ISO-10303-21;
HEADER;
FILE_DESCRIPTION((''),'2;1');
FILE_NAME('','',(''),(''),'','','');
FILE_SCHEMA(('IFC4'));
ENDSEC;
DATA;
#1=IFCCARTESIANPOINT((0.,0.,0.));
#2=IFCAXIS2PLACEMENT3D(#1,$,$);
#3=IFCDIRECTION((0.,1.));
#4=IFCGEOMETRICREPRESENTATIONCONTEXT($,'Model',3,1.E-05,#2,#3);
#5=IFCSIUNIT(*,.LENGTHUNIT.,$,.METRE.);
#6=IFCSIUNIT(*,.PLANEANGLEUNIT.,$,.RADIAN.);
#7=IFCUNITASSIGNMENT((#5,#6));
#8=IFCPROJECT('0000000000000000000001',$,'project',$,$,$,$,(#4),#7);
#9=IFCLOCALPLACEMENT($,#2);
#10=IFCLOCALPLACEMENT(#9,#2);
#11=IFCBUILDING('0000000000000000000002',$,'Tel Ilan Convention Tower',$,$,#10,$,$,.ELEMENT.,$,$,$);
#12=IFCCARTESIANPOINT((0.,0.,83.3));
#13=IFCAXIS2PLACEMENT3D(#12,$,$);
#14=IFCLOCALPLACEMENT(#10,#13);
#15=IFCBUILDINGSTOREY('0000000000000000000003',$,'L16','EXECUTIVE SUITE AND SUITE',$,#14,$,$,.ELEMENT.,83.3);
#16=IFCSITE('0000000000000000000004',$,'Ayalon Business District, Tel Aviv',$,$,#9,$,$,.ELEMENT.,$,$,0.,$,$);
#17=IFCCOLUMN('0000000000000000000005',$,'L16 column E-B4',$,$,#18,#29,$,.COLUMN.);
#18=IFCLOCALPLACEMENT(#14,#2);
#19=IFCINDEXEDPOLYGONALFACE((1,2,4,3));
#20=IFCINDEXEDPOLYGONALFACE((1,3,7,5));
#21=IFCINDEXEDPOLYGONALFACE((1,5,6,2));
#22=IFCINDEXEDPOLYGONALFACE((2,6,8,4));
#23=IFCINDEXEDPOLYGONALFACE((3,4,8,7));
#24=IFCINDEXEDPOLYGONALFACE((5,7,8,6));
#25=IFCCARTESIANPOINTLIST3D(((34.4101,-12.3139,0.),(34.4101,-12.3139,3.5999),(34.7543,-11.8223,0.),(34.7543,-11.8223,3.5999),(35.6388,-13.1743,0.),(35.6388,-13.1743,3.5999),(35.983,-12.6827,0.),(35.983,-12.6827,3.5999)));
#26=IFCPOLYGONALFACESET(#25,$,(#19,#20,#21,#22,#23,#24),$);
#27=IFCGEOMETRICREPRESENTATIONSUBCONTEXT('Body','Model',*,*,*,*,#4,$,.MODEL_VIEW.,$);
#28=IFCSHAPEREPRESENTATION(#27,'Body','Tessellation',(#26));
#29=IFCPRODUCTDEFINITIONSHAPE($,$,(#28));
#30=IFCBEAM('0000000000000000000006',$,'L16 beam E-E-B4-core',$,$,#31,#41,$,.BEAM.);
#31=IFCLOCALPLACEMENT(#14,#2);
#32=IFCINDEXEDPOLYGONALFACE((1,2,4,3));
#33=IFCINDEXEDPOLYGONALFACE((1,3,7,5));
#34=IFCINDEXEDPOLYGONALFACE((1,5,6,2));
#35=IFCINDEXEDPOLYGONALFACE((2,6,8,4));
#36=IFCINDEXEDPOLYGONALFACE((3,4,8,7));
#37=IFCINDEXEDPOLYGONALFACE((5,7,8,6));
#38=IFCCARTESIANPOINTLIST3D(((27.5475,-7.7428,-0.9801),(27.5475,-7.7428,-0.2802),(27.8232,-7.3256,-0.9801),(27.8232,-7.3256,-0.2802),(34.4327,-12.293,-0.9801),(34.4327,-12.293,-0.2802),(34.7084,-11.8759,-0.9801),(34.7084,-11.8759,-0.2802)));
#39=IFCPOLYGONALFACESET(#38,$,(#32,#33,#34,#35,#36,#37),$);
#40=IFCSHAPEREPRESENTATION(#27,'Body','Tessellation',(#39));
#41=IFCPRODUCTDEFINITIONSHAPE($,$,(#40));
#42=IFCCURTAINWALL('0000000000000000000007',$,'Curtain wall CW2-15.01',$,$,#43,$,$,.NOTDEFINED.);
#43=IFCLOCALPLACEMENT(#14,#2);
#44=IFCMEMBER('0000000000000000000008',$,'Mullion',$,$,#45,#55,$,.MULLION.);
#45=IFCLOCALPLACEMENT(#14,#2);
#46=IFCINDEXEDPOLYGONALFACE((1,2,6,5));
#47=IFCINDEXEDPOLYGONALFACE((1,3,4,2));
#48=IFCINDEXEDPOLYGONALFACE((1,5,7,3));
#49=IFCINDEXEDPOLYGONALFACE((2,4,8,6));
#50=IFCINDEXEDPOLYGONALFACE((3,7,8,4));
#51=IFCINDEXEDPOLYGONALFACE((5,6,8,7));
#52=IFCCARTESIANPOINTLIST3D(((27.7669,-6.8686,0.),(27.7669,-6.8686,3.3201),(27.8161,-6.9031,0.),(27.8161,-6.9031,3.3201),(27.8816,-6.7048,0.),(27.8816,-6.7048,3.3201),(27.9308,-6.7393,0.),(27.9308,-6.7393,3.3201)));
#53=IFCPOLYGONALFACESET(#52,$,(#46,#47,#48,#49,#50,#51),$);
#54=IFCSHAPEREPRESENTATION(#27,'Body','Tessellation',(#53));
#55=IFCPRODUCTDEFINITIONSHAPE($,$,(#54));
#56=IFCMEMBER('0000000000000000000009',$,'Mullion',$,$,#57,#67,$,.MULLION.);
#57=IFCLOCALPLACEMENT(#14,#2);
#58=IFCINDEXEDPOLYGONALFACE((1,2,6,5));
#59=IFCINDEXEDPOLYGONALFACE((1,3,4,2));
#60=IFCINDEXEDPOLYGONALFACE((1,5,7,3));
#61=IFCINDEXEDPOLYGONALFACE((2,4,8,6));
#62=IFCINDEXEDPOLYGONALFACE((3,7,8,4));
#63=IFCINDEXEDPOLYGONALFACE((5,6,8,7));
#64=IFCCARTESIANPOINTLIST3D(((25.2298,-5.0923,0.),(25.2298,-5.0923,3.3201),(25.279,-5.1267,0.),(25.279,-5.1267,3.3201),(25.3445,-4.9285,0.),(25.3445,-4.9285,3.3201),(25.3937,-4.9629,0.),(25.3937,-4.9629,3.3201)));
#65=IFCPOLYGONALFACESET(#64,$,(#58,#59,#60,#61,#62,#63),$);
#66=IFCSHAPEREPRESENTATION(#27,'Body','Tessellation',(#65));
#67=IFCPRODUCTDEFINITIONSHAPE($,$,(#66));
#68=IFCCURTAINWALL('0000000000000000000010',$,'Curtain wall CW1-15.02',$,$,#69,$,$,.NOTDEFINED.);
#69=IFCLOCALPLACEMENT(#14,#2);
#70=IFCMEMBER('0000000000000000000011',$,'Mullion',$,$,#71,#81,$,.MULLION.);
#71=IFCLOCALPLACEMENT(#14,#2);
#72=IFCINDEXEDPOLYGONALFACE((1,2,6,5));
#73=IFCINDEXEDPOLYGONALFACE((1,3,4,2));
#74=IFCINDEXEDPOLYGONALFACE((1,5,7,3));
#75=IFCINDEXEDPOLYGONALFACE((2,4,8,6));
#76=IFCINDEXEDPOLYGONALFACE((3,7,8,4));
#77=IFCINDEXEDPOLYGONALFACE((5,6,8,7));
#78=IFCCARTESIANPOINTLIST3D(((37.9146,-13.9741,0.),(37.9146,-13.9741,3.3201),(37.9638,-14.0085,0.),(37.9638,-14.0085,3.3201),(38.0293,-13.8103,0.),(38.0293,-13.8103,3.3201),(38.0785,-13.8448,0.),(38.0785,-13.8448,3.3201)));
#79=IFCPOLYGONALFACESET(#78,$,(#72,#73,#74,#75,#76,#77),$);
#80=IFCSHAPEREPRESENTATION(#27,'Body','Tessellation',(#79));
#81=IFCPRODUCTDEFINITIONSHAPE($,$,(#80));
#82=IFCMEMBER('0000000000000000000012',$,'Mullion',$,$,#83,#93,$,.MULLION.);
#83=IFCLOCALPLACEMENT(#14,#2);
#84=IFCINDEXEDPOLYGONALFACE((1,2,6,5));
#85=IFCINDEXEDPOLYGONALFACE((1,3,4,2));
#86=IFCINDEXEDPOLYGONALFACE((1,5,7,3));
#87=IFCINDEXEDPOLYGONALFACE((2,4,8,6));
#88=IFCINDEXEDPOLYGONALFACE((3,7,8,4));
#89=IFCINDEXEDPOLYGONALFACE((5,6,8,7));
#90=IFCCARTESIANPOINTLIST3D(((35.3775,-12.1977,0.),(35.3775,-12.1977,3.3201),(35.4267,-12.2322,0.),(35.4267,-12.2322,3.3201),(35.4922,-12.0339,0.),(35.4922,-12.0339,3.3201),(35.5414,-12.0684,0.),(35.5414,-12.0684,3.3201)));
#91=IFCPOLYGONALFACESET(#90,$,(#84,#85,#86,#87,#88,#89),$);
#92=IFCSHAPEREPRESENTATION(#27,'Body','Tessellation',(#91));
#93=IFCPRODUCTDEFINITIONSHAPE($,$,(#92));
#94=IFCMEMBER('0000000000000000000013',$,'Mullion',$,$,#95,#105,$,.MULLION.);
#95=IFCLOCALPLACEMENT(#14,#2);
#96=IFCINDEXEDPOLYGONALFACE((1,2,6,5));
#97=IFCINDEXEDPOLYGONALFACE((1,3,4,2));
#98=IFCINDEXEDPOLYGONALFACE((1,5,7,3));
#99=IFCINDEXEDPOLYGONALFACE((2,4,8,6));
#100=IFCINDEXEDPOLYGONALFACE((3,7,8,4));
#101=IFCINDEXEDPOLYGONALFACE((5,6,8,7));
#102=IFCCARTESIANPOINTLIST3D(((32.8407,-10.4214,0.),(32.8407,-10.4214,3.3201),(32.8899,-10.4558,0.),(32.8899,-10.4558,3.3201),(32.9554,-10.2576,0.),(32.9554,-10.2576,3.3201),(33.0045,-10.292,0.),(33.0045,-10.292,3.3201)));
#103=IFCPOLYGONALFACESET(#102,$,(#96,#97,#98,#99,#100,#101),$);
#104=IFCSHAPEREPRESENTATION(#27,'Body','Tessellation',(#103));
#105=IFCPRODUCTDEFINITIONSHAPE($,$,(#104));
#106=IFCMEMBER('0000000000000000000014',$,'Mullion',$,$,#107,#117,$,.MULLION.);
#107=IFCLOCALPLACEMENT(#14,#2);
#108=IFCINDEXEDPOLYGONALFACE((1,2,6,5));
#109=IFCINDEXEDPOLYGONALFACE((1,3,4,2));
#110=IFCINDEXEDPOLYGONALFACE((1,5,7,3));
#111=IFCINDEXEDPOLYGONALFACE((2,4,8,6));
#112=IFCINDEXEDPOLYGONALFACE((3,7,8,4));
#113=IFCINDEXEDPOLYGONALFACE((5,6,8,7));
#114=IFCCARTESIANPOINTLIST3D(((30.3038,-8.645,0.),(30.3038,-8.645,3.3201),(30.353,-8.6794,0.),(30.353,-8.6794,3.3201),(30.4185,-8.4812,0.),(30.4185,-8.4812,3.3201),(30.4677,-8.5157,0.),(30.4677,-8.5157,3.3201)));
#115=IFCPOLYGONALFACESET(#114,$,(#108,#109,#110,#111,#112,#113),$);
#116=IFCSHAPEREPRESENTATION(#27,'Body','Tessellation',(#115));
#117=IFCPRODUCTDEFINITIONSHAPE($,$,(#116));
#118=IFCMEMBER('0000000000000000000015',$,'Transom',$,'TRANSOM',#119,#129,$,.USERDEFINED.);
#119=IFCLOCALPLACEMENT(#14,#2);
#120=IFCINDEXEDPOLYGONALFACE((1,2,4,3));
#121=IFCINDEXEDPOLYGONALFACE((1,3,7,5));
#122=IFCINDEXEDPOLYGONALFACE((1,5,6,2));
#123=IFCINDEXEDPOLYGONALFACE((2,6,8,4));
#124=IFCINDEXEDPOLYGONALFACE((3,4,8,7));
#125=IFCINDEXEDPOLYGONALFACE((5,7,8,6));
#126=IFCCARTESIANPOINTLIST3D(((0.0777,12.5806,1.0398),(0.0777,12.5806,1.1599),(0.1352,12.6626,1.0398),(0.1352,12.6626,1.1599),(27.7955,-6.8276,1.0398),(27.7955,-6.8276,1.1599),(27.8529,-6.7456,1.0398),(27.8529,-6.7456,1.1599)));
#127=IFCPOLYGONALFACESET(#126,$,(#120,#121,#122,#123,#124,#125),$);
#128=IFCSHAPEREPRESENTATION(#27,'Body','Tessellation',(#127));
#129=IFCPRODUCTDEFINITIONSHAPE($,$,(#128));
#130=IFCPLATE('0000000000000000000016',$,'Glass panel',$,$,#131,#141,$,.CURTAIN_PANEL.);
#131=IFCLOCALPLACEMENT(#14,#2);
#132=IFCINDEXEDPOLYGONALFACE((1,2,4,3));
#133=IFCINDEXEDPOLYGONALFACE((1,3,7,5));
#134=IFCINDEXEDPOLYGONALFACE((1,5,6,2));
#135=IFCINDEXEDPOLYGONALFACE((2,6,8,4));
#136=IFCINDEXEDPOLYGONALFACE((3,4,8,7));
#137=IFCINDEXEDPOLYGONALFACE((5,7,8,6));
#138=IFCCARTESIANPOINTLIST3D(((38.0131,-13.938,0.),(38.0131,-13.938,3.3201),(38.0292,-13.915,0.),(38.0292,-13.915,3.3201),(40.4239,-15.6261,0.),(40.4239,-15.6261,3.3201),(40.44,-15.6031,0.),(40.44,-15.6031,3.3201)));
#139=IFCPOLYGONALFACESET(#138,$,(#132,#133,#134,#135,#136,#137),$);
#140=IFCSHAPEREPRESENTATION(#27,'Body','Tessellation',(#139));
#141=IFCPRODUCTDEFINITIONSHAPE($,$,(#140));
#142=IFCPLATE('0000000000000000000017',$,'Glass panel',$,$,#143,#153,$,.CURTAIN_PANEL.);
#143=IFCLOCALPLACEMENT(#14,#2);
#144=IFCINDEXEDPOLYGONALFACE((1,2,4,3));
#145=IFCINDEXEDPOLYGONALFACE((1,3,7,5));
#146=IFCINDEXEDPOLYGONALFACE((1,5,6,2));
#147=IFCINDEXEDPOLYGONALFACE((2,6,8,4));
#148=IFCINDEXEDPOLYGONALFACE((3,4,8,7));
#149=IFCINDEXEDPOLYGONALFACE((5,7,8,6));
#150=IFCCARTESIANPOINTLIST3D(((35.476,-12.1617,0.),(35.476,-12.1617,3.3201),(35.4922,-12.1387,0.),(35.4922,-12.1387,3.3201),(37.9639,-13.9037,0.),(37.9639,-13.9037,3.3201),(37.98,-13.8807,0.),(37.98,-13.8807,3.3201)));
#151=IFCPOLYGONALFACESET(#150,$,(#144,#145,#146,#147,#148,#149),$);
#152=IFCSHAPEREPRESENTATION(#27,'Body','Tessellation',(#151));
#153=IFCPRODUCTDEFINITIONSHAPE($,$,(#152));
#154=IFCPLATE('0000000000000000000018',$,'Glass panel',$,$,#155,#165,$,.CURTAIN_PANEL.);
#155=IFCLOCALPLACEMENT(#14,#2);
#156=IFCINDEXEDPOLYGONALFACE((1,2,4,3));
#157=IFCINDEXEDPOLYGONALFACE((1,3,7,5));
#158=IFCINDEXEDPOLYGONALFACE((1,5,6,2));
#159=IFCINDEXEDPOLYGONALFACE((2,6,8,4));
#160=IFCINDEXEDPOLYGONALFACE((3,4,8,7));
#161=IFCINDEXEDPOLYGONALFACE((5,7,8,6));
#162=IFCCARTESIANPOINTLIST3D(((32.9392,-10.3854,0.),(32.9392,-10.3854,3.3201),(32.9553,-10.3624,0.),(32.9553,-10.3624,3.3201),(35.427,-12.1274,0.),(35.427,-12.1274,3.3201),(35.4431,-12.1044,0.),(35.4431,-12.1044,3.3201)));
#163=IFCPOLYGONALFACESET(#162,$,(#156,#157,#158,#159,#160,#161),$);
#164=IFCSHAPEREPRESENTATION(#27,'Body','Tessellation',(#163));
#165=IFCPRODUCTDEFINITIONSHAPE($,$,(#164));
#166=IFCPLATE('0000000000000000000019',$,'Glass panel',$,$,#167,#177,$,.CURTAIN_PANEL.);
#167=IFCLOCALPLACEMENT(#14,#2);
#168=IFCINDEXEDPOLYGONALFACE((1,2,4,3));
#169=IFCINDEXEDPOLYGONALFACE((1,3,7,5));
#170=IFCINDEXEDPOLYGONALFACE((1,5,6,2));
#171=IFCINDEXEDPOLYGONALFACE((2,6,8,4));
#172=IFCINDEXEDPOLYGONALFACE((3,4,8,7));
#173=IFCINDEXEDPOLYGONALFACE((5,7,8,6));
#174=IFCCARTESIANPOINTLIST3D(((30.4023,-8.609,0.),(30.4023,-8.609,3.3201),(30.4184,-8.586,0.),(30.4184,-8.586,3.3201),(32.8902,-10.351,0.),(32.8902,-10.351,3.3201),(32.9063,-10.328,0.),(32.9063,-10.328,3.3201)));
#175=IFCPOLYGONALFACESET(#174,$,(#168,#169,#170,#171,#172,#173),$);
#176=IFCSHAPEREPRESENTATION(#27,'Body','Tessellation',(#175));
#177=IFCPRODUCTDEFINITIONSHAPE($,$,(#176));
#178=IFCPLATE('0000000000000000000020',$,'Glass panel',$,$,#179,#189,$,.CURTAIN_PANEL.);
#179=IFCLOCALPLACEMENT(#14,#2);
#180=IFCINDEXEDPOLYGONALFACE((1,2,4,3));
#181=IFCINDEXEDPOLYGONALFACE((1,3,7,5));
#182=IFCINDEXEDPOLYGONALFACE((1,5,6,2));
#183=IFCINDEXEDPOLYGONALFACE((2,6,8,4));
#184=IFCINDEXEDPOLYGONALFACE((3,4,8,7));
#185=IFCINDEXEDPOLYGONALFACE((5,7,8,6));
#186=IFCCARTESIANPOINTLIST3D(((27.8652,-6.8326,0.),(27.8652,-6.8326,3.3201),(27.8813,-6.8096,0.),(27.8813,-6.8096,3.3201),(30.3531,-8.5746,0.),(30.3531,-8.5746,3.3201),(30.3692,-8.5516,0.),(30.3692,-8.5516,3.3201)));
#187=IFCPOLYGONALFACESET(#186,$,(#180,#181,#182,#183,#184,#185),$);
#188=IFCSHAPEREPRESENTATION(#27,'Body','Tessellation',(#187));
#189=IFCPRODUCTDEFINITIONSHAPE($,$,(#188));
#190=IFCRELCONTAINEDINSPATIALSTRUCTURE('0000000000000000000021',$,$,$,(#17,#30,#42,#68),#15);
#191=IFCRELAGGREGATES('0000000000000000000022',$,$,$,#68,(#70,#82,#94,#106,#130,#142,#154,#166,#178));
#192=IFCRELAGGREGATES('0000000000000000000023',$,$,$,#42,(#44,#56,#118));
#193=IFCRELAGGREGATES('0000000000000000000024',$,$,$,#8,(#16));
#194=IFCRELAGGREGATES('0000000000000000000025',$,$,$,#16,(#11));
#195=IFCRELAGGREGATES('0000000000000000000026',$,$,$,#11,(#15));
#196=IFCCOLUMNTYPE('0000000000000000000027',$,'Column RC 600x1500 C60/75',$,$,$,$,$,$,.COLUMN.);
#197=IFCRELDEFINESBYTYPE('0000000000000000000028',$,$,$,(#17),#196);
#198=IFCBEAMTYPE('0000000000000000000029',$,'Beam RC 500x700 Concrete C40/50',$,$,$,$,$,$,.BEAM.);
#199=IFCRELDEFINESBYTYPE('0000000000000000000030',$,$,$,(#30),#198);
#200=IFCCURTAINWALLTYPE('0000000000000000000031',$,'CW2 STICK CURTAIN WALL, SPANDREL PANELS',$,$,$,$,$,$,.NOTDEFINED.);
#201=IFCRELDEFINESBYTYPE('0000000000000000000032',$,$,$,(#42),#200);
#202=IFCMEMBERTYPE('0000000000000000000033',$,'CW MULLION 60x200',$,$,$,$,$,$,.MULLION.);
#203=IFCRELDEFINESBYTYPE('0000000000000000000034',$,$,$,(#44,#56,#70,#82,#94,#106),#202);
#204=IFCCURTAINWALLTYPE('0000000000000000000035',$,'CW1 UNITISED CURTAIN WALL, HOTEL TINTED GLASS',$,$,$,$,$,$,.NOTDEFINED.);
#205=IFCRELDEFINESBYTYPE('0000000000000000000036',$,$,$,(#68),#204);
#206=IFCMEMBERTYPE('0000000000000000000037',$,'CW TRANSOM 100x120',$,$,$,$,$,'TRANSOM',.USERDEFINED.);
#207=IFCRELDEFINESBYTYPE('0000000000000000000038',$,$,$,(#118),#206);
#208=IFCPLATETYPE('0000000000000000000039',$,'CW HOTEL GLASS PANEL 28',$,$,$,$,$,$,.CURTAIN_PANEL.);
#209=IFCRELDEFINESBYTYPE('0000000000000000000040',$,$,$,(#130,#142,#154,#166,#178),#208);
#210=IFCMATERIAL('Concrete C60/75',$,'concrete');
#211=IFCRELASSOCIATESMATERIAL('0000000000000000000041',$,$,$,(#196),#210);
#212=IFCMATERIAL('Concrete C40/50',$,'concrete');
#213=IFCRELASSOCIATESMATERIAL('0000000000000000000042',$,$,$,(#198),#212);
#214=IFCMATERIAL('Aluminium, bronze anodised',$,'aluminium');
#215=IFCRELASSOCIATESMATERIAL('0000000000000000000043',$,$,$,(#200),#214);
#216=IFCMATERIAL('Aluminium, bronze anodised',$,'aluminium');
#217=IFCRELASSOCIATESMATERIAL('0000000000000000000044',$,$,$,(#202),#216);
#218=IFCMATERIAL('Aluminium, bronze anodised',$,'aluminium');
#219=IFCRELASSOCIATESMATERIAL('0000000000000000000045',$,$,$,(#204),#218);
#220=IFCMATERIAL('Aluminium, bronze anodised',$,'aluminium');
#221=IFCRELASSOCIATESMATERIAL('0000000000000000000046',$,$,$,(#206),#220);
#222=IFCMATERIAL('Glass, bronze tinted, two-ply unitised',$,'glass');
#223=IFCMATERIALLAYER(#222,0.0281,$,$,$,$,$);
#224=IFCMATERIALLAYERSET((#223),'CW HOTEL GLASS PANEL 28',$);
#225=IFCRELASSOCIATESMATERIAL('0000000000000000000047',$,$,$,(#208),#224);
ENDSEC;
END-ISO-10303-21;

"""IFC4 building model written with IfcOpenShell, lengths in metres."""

from ifc_helpers import new_model, si_unit, direction, frame, origin, origin_2d, place, context, subcontext, project, spatial, rectangle, extrude, material, layer, layer_set, material_profile, profile_set, type_object, element, aggregate, save


model = new_model("IFC4")

# Units and contexts
model_context = context("Model", 3, precision=1e-05, world=origin(), true_north=direction((0.0, 1.0)))
body_context = subcontext(model_context, "Body", "Model", "MODEL_VIEW")
ifc_project = project(units=[si_unit("LENGTHUNIT", "METRE"), si_unit("PLANEANGLEUNIT", "RADIAN")], contexts=[model_context])

# Site, building, storey
site_placement = place(None, origin())
site = spatial("IfcSite", under=ifc_project, at=site_placement, Name="Ayalon Business District, Tel Aviv", CompositionType="ELEMENT", RefElevation=0.0)
building_placement = place(site_placement, origin())
building = spatial("IfcBuilding", under=site, at=building_placement, Name="Tel Ilan Convention Tower", CompositionType="ELEMENT")
storey_placement = place(building_placement, frame((0.0, 0.0, 83.3)))
storey = spatial("IfcBuildingStorey", under=building, at=storey_placement, Name="L16", Description="EXECUTIVE SUITE AND SUITE", CompositionType="ELEMENT", Elevation=83.3)

# Column
ifc_material_1 = material(Name="Concrete C60/75", Category="concrete")
ifc_material_profile_1 = material_profile(ifc_material_1, rectangle(XDim=1.5, YDim=0.6001, at=origin_2d()), Name="RC 600x1500")
ifc_profile_set_1 = profile_set([ifc_material_profile_1], Name="Concrete C60/75")
column_type = type_object("IfcColumnType", Name="Column RC 600x1500 C60/75", PredefinedType="COLUMN", material=ifc_profile_set_1)
column_placement = place(storey_placement, frame((35.1965, -12.4983, 0.0), z_axis=(0.0, 0.0, 1.0), x_axis=(0.819152, -0.573576, 0.0)))
element("IfcColumn", 1, at=column_placement, inside=storey, type_object=column_type, Name="L16 column E-B4", PredefinedType="COLUMN", context=body_context, shape_type="SweptSolid", body=[
    extrude(rectangle(XDim=1.5, YDim=0.6001, at=origin_2d()), origin(), (0.0, 0.0, 1.0), 3.5999),
])

# Beam
ifc_material_2 = material(Name="Concrete C40/50", Category="concrete")
ifc_material_profile_2 = material_profile(ifc_material_2, rectangle(XDim=0.5, YDim=0.7, at=origin_2d()), Name="RC 500x700")
ifc_profile_set_2 = profile_set([ifc_material_profile_2], Name="Concrete C40/50")
beam_type = type_object("IfcBeamType", Name="Beam RC 500x700 Concrete C40/50", PredefinedType="BEAM", material=ifc_profile_set_2)
beam_placement = place(storey_placement, frame((34.5706, -12.0845, -0.6301), z_axis=(-0.834274, 0.551351, 0.0), x_axis=(-0.551351, -0.834274, 0.0)))
element("IfcBeam", 2, at=beam_placement, inside=storey, type_object=beam_type, Name="L16 beam E-E-B4-core", PredefinedType="BEAM", context=body_context, shape_type="SweptSolid", body=[
    extrude(rectangle(XDim=0.5, YDim=0.7, at=origin_2d()), origin(), (0.0, 0.0, 1.0), 8.2529),
])

# Curtain walls, members
ifc_material_3 = material(Name="Aluminium, bronze anodised", Category="aluminium")
curtain_wall_type_1 = type_object("IfcCurtainWallType", Name="CW2 STICK CURTAIN WALL, SPANDREL PANELS", PredefinedType="NOTDEFINED", material=ifc_material_3)
curtain_wall_1_placement = place(storey_placement, origin())
curtain_wall_1 = element("IfcCurtainWall", 3, at=curtain_wall_1_placement, inside=storey, type_object=curtain_wall_type_1, Name="Curtain wall CW2-15.01", PredefinedType="NOTDEFINED")
ifc_material_4 = material(Name="Aluminium, bronze anodised", Category="aluminium")
ifc_material_profile_3 = material_profile(ifc_material_4, rectangle(XDim=0.0601, YDim=0.2, at=origin_2d()), Name="CW MULLION 60x200")
ifc_profile_set_3 = profile_set([ifc_material_profile_3], Name="Aluminium, bronze anodised")
member_type_1 = type_object("IfcMemberType", Name="CW MULLION 60x200", PredefinedType="MULLION", material=ifc_profile_set_3)
member_1_placement = place(storey_placement, frame((27.8489, -6.804, 0.0), z_axis=(0.0, 0.0, 1.0), x_axis=(-0.819152, 0.573576, 0.0)))
member_1 = element("IfcMember", 4, at=member_1_placement, type_object=member_type_1, Name="Mullion", PredefinedType="MULLION", context=body_context, shape_type="SweptSolid", body=[
    extrude(rectangle(XDim=0.0601, YDim=0.2, at=origin_2d()), origin(), (0.0, 0.0, 1.0), 3.3201),
])
member_2_placement = place(storey_placement, frame((25.3118, -5.0276, 0.0), z_axis=(0.0, 0.0, 1.0), x_axis=(-0.819152, 0.573576, 0.0)))
member_2 = element("IfcMember", 5, at=member_2_placement, type_object=member_type_1, Name="Mullion", PredefinedType="MULLION", context=body_context, shape_type="SweptSolid", body=[
    extrude(rectangle(XDim=0.0601, YDim=0.2, at=origin_2d()), origin(), (0.0, 0.0, 1.0), 3.3201),
])
ifc_material_5 = material(Name="Aluminium, bronze anodised", Category="aluminium")
curtain_wall_type_2 = type_object("IfcCurtainWallType", Name="CW1 UNITISED CURTAIN WALL, HOTEL TINTED GLASS", PredefinedType="NOTDEFINED", material=ifc_material_5)
curtain_wall_2_placement = place(storey_placement, origin())
curtain_wall_2 = element("IfcCurtainWall", 6, at=curtain_wall_2_placement, inside=storey, type_object=curtain_wall_type_2, Name="Curtain wall CW1-15.02", PredefinedType="NOTDEFINED")
member_3_placement = place(storey_placement, frame((37.9966, -13.9094, 0.0), z_axis=(0.0, 0.0, 1.0), x_axis=(-0.819152, 0.573576, 0.0)))
member_3 = element("IfcMember", 7, at=member_3_placement, type_object=member_type_1, Name="Mullion", PredefinedType="MULLION", context=body_context, shape_type="SweptSolid", body=[
    extrude(rectangle(XDim=0.0601, YDim=0.2, at=origin_2d()), origin(), (0.0, 0.0, 1.0), 3.3201),
])
member_4_placement = place(storey_placement, frame((35.4595, -12.1331, 0.0), z_axis=(0.0, 0.0, 1.0), x_axis=(-0.819152, 0.573576, 0.0)))
member_4 = element("IfcMember", 8, at=member_4_placement, type_object=member_type_1, Name="Mullion", PredefinedType="MULLION", context=body_context, shape_type="SweptSolid", body=[
    extrude(rectangle(XDim=0.0601, YDim=0.2, at=origin_2d()), origin(), (0.0, 0.0, 1.0), 3.3201),
])
member_5_placement = place(storey_placement, frame((32.9226, -10.3567, 0.0), z_axis=(0.0, 0.0, 1.0), x_axis=(-0.819152, 0.573576, 0.0)))
member_5 = element("IfcMember", 9, at=member_5_placement, type_object=member_type_1, Name="Mullion", PredefinedType="MULLION", context=body_context, shape_type="SweptSolid", body=[
    extrude(rectangle(XDim=0.0601, YDim=0.2, at=origin_2d()), origin(), (0.0, 0.0, 1.0), 3.3201),
])
member_6_placement = place(storey_placement, frame((30.3857, -8.5803, 0.0), z_axis=(0.0, 0.0, 1.0), x_axis=(-0.819152, 0.573576, 0.0)))
member_6 = element("IfcMember", 10, at=member_6_placement, type_object=member_type_1, Name="Mullion", PredefinedType="MULLION", context=body_context, shape_type="SweptSolid", body=[
    extrude(rectangle(XDim=0.0601, YDim=0.2, at=origin_2d()), origin(), (0.0, 0.0, 1.0), 3.3201),
])

# Member
ifc_material_6 = material(Name="Aluminium, bronze anodised", Category="aluminium")
ifc_material_profile_4 = material_profile(ifc_material_6, rectangle(XDim=0.1001, YDim=0.1201, at=origin_2d()), Name="CW TRANSOM 100x120")
ifc_profile_set_4 = profile_set([ifc_material_profile_4], Name="Aluminium, bronze anodised")
member_type_2 = type_object("IfcMemberType", Name="CW TRANSOM 100x120", ElementType="TRANSOM", PredefinedType="USERDEFINED", material=ifc_profile_set_4)
member_7_placement = place(storey_placement, frame((27.8242, -6.7866, 1.0999), z_axis=(-0.819152, 0.573577, 0.0), x_axis=(-0.573577, -0.819152, 0.0)))
member_7 = element("IfcMember", 11, at=member_7_placement, type_object=member_type_2, Name="Transom", ObjectType="TRANSOM", PredefinedType="USERDEFINED", context=body_context, shape_type="SweptSolid", body=[
    extrude(rectangle(XDim=0.1001, YDim=0.1201, at=origin_2d()), origin(), (0.0, 0.0, 1.0), 33.8372),
])

# Plates
ifc_material_7 = material(Name="Glass, bronze tinted, two-ply unitised", Category="glass")
ifc_layer_1 = layer(ifc_material_7, 0.0281)
ifc_layer_set_1 = layer_set([ifc_layer_1], Name="CW HOTEL GLASS PANEL 28")
plate_type_1 = type_object("IfcPlateType", Name="CW HOTEL GLASS PANEL 28", PredefinedType="CURTAIN_PANEL", material=ifc_layer_set_1)
plate_1_placement = place(storey_placement, frame((39.2266, -14.7705, 0.0), z_axis=(0.0, 0.0, 1.0), x_axis=(-0.819152, 0.573576, 0.0)))
plate_1 = element("IfcPlate", 12, at=plate_1_placement, type_object=plate_type_1, Name="Glass panel", PredefinedType="CURTAIN_PANEL", context=body_context, shape_type="SweptSolid", body=[
    extrude(rectangle(XDim=2.9431, YDim=0.0281, at=origin_2d()), origin(), (0.0, 0.0, 1.0), 3.3201),
])
plate_2_placement = place(storey_placement, frame((36.728, -13.0212, 0.0), z_axis=(0.0, 0.0, 1.0), x_axis=(-0.819152, 0.573576, 0.0)))
plate_2 = element("IfcPlate", 13, at=plate_2_placement, type_object=plate_type_1, Name="Glass panel", PredefinedType="CURTAIN_PANEL", context=body_context, shape_type="SweptSolid", body=[
    extrude(rectangle(XDim=3.0371, YDim=0.0281, at=origin_2d()), origin(), (0.0, 0.0, 1.0), 3.3201),
])
plate_3_placement = place(storey_placement, frame((34.1912, -11.2449, 0.0), z_axis=(0.0, 0.0, 1.0), x_axis=(-0.819152, 0.573576, 0.0)))
plate_3 = element("IfcPlate", 14, at=plate_3_placement, type_object=plate_type_1, Name="Glass panel", PredefinedType="CURTAIN_PANEL", context=body_context, shape_type="SweptSolid", body=[
    extrude(rectangle(XDim=3.0371, YDim=0.0281, at=origin_2d()), origin(), (0.0, 0.0, 1.0), 3.3201),
])
plate_4_placement = place(storey_placement, frame((31.6543, -9.4685, 0.0), z_axis=(0.0, 0.0, 1.0), x_axis=(-0.819152, 0.573576, 0.0)))
plate_4 = element("IfcPlate", 15, at=plate_4_placement, type_object=plate_type_1, Name="Glass panel", PredefinedType="CURTAIN_PANEL", context=body_context, shape_type="SweptSolid", body=[
    extrude(rectangle(XDim=3.0371, YDim=0.0281, at=origin_2d()), origin(), (0.0, 0.0, 1.0), 3.3201),
])
plate_5_placement = place(storey_placement, frame((29.1172, -7.6921, 0.0), z_axis=(0.0, 0.0, 1.0), x_axis=(-0.819152, 0.573576, 0.0)))
plate_5 = element("IfcPlate", 16, at=plate_5_placement, type_object=plate_type_1, Name="Glass panel", PredefinedType="CURTAIN_PANEL", context=body_context, shape_type="SweptSolid", body=[
    extrude(rectangle(XDim=3.0371, YDim=0.0281, at=origin_2d()), origin(), (0.0, 0.0, 1.0), 3.3201),
])
aggregate(curtain_wall_2, [member_3, member_4, member_5, member_6, plate_1, plate_2, plate_3, plate_4, plate_5])
aggregate(curtain_wall_1, [member_1, member_2, member_7])

save(model, "model.ifc")
